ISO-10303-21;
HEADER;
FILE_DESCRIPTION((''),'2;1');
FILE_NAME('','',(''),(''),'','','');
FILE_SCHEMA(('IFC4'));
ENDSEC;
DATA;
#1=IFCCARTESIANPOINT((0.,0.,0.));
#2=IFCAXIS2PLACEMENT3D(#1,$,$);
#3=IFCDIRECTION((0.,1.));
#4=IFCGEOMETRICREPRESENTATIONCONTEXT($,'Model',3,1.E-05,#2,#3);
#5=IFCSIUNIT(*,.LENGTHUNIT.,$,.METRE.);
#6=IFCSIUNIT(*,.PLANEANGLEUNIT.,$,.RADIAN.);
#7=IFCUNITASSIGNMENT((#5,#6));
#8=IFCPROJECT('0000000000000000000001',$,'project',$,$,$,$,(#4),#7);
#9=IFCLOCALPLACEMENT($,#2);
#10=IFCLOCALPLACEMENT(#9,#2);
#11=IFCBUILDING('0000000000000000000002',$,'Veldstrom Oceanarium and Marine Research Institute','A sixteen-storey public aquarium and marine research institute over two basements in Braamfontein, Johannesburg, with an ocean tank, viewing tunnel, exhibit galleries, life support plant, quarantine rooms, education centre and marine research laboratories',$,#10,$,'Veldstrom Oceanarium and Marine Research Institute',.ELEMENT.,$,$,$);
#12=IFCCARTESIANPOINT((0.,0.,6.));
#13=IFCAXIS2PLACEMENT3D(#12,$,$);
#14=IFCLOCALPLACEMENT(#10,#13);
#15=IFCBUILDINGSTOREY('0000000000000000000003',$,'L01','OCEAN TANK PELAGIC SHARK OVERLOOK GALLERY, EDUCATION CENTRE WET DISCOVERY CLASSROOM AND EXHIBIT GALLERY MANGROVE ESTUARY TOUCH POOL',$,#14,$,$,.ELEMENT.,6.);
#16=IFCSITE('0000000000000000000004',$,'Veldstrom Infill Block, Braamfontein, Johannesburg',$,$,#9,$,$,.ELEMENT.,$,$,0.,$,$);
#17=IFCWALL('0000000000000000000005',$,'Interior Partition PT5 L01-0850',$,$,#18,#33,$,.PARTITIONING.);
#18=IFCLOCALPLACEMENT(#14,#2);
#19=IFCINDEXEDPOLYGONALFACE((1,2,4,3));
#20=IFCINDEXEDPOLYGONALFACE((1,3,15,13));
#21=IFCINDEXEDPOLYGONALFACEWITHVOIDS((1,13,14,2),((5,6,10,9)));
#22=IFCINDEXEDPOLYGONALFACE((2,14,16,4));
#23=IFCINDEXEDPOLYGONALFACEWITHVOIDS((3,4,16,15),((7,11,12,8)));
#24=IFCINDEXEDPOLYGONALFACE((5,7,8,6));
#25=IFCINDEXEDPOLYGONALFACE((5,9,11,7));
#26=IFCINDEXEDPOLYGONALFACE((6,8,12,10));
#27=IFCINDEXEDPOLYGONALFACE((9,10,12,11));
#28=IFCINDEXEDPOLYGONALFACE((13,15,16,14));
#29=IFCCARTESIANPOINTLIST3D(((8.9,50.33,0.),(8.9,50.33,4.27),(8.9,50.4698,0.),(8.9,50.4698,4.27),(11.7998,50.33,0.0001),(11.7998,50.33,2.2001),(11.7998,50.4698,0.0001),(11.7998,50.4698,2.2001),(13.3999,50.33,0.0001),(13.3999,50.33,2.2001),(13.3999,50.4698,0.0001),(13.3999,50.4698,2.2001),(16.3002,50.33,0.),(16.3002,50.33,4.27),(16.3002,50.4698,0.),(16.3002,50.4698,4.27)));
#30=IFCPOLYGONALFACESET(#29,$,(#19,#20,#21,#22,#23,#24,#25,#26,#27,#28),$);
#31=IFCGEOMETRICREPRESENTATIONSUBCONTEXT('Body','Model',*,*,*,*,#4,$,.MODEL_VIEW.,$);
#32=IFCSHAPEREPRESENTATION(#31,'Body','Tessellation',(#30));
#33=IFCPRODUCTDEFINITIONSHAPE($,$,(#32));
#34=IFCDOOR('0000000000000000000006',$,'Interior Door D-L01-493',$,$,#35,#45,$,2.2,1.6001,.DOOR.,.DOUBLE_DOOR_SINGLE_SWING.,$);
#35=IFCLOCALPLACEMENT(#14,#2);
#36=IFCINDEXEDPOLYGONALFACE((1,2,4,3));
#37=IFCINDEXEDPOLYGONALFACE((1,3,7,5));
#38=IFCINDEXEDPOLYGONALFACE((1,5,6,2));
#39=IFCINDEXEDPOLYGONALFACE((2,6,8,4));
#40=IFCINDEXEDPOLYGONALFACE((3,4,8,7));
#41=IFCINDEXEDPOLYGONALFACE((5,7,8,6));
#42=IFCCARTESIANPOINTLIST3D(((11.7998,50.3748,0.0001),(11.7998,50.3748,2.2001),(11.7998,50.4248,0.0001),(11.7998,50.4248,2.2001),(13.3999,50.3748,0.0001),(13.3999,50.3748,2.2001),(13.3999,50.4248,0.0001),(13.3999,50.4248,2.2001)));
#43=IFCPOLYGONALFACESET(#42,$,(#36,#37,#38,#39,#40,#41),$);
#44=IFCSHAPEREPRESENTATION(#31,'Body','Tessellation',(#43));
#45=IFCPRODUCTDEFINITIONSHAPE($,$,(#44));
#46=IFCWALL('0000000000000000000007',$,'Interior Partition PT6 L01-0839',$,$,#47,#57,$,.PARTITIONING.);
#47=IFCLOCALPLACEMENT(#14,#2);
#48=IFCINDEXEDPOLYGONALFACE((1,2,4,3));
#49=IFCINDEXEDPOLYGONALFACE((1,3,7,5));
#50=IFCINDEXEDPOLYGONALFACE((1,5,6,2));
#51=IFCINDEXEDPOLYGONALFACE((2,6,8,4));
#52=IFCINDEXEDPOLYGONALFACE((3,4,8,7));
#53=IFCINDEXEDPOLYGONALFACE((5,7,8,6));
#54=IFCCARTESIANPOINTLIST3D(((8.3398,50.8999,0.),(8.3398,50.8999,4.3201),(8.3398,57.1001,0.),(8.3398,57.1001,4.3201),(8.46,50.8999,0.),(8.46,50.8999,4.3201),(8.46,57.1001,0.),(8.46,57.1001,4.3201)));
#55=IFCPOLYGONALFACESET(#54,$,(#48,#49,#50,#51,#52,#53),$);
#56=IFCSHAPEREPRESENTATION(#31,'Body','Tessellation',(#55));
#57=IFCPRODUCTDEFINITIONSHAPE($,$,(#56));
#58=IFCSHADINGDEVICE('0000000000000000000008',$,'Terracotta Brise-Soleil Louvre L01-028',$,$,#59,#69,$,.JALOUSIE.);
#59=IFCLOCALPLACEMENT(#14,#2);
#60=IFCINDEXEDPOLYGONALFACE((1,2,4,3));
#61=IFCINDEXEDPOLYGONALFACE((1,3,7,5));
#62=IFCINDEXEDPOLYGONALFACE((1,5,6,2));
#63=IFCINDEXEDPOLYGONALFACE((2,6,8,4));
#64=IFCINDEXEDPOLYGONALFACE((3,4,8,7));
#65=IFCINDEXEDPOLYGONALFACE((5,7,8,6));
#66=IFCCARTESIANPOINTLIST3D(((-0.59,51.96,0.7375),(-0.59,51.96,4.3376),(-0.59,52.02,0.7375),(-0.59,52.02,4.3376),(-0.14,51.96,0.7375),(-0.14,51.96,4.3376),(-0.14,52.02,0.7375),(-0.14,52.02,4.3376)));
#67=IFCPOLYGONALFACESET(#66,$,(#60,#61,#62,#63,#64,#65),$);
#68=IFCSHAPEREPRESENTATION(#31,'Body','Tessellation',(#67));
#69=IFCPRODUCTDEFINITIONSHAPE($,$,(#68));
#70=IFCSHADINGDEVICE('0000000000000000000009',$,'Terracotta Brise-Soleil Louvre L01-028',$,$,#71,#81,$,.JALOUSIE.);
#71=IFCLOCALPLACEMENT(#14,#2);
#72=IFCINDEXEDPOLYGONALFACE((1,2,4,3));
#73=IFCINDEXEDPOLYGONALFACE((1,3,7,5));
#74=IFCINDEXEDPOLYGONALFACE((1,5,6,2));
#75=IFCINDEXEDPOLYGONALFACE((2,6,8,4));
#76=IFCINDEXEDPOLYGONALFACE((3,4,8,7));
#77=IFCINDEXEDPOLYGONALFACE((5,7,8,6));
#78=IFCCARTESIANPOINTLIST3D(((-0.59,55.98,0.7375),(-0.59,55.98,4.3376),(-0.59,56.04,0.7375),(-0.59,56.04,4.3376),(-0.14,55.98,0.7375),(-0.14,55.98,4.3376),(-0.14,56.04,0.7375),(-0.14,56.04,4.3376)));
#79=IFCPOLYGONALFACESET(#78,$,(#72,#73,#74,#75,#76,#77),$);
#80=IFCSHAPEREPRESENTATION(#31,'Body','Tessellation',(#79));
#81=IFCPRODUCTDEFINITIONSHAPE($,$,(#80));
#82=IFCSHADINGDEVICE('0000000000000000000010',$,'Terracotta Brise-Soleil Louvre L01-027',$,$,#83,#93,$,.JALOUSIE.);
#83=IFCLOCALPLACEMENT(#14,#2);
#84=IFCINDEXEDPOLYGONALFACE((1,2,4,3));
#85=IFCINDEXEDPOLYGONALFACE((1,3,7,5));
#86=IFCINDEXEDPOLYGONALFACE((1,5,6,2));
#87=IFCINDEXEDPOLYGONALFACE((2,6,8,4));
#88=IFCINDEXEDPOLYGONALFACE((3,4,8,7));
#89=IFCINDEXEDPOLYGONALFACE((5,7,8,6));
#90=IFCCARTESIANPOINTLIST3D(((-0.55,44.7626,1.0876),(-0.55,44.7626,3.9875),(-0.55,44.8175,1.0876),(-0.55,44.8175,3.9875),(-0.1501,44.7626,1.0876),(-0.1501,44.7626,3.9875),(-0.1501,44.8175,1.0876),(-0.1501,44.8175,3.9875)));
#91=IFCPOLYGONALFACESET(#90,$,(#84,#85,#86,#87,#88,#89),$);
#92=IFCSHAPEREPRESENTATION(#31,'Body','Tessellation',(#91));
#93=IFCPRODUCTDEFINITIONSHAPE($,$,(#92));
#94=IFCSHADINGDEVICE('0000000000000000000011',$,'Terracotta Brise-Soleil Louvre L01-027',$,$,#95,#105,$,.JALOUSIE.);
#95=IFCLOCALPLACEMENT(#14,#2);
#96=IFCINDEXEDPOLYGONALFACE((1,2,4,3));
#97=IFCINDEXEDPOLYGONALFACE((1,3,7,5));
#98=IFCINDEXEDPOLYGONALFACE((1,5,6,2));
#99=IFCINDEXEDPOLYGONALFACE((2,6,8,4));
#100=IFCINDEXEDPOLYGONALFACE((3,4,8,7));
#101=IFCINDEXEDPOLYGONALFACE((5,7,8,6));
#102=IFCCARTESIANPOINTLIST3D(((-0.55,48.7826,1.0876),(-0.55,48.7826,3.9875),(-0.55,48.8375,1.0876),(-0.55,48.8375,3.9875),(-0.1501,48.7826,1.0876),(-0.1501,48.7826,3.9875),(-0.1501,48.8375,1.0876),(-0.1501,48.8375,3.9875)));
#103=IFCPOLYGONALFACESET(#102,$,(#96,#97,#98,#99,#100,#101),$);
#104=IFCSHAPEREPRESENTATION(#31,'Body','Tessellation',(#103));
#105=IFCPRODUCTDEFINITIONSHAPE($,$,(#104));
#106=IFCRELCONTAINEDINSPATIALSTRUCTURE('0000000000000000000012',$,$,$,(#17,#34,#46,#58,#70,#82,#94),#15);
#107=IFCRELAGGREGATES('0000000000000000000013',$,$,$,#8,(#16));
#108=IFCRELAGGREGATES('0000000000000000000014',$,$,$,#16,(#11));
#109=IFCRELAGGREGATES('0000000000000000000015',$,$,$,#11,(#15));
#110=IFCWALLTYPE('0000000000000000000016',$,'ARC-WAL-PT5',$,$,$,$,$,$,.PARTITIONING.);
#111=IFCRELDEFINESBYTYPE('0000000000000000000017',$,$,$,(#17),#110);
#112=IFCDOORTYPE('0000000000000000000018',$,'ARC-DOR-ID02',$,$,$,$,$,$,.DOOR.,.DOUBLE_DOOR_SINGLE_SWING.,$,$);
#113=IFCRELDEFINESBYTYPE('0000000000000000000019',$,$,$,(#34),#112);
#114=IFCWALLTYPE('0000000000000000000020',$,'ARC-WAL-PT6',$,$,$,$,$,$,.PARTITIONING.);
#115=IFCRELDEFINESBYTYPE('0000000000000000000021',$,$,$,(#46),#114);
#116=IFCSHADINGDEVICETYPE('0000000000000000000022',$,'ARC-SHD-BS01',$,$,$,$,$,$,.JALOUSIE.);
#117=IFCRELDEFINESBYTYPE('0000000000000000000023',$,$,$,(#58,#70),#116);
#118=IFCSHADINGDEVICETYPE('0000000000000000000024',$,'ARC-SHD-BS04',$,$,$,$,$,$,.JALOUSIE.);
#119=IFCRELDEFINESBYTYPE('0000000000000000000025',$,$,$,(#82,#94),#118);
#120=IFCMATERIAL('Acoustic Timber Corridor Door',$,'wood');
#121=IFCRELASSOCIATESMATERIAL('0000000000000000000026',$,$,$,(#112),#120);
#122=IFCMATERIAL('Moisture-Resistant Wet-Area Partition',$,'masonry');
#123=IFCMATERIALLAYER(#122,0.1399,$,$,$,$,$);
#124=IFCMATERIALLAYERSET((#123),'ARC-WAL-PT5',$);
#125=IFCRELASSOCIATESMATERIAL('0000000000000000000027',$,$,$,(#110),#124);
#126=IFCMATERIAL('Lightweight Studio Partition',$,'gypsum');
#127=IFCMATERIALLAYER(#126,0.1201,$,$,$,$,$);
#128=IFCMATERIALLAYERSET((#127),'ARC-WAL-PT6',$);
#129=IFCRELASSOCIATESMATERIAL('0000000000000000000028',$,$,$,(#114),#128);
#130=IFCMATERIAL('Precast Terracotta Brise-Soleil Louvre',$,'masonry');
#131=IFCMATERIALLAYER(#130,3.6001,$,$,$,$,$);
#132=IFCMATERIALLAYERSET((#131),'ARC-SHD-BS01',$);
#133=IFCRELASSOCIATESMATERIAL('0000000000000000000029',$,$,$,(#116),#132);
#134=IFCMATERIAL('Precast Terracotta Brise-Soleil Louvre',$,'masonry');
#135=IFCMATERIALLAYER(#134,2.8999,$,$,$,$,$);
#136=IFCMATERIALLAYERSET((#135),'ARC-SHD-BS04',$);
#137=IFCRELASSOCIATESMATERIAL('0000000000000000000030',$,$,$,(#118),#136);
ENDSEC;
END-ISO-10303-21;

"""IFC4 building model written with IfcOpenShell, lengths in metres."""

from ifc_helpers import new_model, si_unit, direction, frame, frame_2d, origin, origin_2d, place, context, subcontext, project, spatial, rectangle, extrude, material, layer, layer_set, type_object, element, fill, save


model = new_model("IFC4")

# Units and contexts
model_context = context("Model", 3, precision=1e-05, world=origin(), true_north=direction((0.0, 1.0)))
body_context = subcontext(model_context, "Body", "Model", "MODEL_VIEW")
ifc_project = project(units=[si_unit("LENGTHUNIT", "METRE"), si_unit("PLANEANGLEUNIT", "RADIAN")], contexts=[model_context])

# Site, building, storey
site_placement = place(None, origin())
site = spatial("IfcSite", under=ifc_project, at=site_placement, Name="Veldstrom Infill Block, Braamfontein, Johannesburg", CompositionType="ELEMENT", RefElevation=0.0)
building_placement = place(site_placement, origin())
building = spatial("IfcBuilding", under=site, at=building_placement, Name="Veldstrom Oceanarium and Marine Research Institute", Description="A sixteen-storey public aquarium and marine research institute over two basements in Braamfontein, Johannesburg, with an ocean tank, viewing tunnel, exhibit galleries, life support plant, quarantine rooms, education centre and marine research laboratories", LongName="Veldstrom Oceanarium and Marine Research Institute", CompositionType="ELEMENT")
storey_placement = place(building_placement, frame((0.0, 0.0, 6.0)))
storey = spatial("IfcBuildingStorey", under=building, at=storey_placement, Name="L01", Description="OCEAN TANK PELAGIC SHARK OVERLOOK GALLERY, EDUCATION CENTRE WET DISCOVERY CLASSROOM AND EXHIBIT GALLERY MANGROVE ESTUARY TOUCH POOL", CompositionType="ELEMENT", Elevation=6.0)

# Wall, opening, door
ifc_material_1 = material(Name="Acoustic Timber Corridor Door", Category="wood")
door_type_1 = type_object("IfcDoorType", Name="ARC-DOR-ID02", OperationType="DOUBLE_DOOR_SINGLE_SWING", PredefinedType="DOOR", material=ifc_material_1)
ifc_material_2 = material(Name="Moisture-Resistant Wet-Area Partition", Category="masonry")
ifc_layer_1 = layer(ifc_material_2, 0.1399)
ifc_layer_set_1 = layer_set([ifc_layer_1], Name="ARC-WAL-PT5")
wall_type_1 = type_object("IfcWallType", Name="ARC-WAL-PT5", PredefinedType="PARTITIONING", material=ifc_layer_set_1)
wall_1_placement = place(storey_placement, frame((8.8999, 50.3999, 0.0), z_axis=(0.0, 0.0, 1.0), x_axis=(1.0, 0.0, 0.0)))
wall_1 = element("IfcWall", 1, at=wall_1_placement, inside=storey, type_object=wall_type_1, Name="Interior Partition PT5 L01-0850", PredefinedType="PARTITIONING", context=body_context, shape_type="SweptSolid", body=[
    extrude(rectangle(XDim=7.4001, YDim=0.1399, at=frame_2d((3.7002, 0.0))), origin(), (0.0, 0.0, 1.0), 4.27),
])
opening_1_placement = place(wall_1_placement, frame((2.8999, 0.0, 0.0)))
opening_1 = element("IfcOpeningElement", 2, at=opening_1_placement, cuts=wall_1, PredefinedType="OPENING", context=body_context, shape_type="SweptSolid", body=[
    extrude(rectangle(XDim=1.6001, YDim=2.2, at=frame_2d((0.8, 1.1001))), frame((0.0, 0.0798, 0.0), z_axis=(0.0, -1.0, 0.0), x_axis=(1.0, 0.0, 0.0)), (0.0, 0.0, 1.0), 0.1599),
])
door_1_placement = place(opening_1_placement, origin())
door_1 = element("IfcDoor", 3, at=door_1_placement, inside=storey, type_object=door_type_1, Name="Interior Door D-L01-493", OperationType="DOUBLE_DOOR_SINGLE_SWING", OverallHeight=2.2, OverallWidth=1.6001, PredefinedType="DOOR", context=body_context, shape_type="SweptSolid", body=[
    extrude(rectangle(XDim=1.6001, YDim=2.2, at=frame_2d((0.8, 1.1001))), frame((0.0, 0.0249, 0.0), z_axis=(0.0, -1.0, 0.0), x_axis=(1.0, 0.0, 0.0)), (0.0, 0.0, 1.0), 0.05),
])
fill(opening_1, door_1)

# Wall
ifc_material_3 = material(Name="Lightweight Studio Partition", Category="gypsum")
ifc_layer_2 = layer(ifc_material_3, 0.1201)
ifc_layer_set_2 = layer_set([ifc_layer_2], Name="ARC-WAL-PT6")
wall_type_2 = type_object("IfcWallType", Name="ARC-WAL-PT6", PredefinedType="PARTITIONING", material=ifc_layer_set_2)
wall_2_placement = place(storey_placement, frame((8.3999, 50.8999, 0.0), z_axis=(0.0, 0.0, 1.0), x_axis=(0.0, 1.0, 0.0)))
element("IfcWall", 4, at=wall_2_placement, inside=storey, type_object=wall_type_2, Name="Interior Partition PT6 L01-0839", PredefinedType="PARTITIONING", context=body_context, shape_type="SweptSolid", body=[
    extrude(rectangle(XDim=6.2002, YDim=0.1201, at=frame_2d((3.1001, 0.0))), origin(), (0.0, 0.0, 1.0), 4.3201),
])

# Shading devices
ifc_material_4 = material(Name="Precast Terracotta Brise-Soleil Louvre", Category="masonry")
ifc_layer_3 = layer(ifc_material_4, 3.6001)
ifc_layer_set_3 = layer_set([ifc_layer_3], Name="ARC-SHD-BS01")
shading_device_type_1 = type_object("IfcShadingDeviceType", Name="ARC-SHD-BS01", PredefinedType="JALOUSIE", material=ifc_layer_set_3)
for number, where, z_axis, x_axis, name in (
    (5, (-0.365, 51.99, 0.7375), (0.0, 0.0, 1.0), (1.0, 0.0, 0.0), "Terracotta Brise-Soleil Louvre L01-028"),
    (6, (-0.365, 56.01, 0.7375), (0.0, 0.0, 1.0), (1.0, 0.0, 0.0), "Terracotta Brise-Soleil Louvre L01-028"),
):
    element("IfcShadingDevice", number, at=place(storey_placement, frame(where, z_axis=z_axis, x_axis=x_axis)), inside=storey, type_object=shading_device_type_1, Name=name, PredefinedType="JALOUSIE", context=body_context, shape_type="SweptSolid", body=[
        extrude(rectangle(XDim=0.45, YDim=0.0601, at=origin_2d()), origin(), (0.0, 0.0, 1.0), 3.6001),
    ])
ifc_material_5 = material(Name="Precast Terracotta Brise-Soleil Louvre", Category="masonry")
ifc_layer_4 = layer(ifc_material_5, 2.8999)
ifc_layer_set_4 = layer_set([ifc_layer_4], Name="ARC-SHD-BS04")
shading_device_type_2 = type_object("IfcShadingDeviceType", Name="ARC-SHD-BS04", PredefinedType="JALOUSIE", material=ifc_layer_set_4)
for number, where, z_axis, x_axis, name in (
    (7, (-0.3501, 44.79, 1.0876), (0.0, 0.0, 1.0), (1.0, 0.0, 0.0), "Terracotta Brise-Soleil Louvre L01-027"),
    (8, (-0.3501, 48.8101, 1.0876), (0.0, 0.0, 1.0), (1.0, 0.0, 0.0), "Terracotta Brise-Soleil Louvre L01-027"),
):
    element("IfcShadingDevice", number, at=place(storey_placement, frame(where, z_axis=z_axis, x_axis=x_axis)), inside=storey, type_object=shading_device_type_2, Name=name, PredefinedType="JALOUSIE", context=body_context, shape_type="SweptSolid", body=[
        extrude(rectangle(XDim=0.3999, YDim=0.0549, at=origin_2d()), origin(), (0.0, 0.0, 1.0), 2.8999),
    ])

save(model, "model.ifc")
